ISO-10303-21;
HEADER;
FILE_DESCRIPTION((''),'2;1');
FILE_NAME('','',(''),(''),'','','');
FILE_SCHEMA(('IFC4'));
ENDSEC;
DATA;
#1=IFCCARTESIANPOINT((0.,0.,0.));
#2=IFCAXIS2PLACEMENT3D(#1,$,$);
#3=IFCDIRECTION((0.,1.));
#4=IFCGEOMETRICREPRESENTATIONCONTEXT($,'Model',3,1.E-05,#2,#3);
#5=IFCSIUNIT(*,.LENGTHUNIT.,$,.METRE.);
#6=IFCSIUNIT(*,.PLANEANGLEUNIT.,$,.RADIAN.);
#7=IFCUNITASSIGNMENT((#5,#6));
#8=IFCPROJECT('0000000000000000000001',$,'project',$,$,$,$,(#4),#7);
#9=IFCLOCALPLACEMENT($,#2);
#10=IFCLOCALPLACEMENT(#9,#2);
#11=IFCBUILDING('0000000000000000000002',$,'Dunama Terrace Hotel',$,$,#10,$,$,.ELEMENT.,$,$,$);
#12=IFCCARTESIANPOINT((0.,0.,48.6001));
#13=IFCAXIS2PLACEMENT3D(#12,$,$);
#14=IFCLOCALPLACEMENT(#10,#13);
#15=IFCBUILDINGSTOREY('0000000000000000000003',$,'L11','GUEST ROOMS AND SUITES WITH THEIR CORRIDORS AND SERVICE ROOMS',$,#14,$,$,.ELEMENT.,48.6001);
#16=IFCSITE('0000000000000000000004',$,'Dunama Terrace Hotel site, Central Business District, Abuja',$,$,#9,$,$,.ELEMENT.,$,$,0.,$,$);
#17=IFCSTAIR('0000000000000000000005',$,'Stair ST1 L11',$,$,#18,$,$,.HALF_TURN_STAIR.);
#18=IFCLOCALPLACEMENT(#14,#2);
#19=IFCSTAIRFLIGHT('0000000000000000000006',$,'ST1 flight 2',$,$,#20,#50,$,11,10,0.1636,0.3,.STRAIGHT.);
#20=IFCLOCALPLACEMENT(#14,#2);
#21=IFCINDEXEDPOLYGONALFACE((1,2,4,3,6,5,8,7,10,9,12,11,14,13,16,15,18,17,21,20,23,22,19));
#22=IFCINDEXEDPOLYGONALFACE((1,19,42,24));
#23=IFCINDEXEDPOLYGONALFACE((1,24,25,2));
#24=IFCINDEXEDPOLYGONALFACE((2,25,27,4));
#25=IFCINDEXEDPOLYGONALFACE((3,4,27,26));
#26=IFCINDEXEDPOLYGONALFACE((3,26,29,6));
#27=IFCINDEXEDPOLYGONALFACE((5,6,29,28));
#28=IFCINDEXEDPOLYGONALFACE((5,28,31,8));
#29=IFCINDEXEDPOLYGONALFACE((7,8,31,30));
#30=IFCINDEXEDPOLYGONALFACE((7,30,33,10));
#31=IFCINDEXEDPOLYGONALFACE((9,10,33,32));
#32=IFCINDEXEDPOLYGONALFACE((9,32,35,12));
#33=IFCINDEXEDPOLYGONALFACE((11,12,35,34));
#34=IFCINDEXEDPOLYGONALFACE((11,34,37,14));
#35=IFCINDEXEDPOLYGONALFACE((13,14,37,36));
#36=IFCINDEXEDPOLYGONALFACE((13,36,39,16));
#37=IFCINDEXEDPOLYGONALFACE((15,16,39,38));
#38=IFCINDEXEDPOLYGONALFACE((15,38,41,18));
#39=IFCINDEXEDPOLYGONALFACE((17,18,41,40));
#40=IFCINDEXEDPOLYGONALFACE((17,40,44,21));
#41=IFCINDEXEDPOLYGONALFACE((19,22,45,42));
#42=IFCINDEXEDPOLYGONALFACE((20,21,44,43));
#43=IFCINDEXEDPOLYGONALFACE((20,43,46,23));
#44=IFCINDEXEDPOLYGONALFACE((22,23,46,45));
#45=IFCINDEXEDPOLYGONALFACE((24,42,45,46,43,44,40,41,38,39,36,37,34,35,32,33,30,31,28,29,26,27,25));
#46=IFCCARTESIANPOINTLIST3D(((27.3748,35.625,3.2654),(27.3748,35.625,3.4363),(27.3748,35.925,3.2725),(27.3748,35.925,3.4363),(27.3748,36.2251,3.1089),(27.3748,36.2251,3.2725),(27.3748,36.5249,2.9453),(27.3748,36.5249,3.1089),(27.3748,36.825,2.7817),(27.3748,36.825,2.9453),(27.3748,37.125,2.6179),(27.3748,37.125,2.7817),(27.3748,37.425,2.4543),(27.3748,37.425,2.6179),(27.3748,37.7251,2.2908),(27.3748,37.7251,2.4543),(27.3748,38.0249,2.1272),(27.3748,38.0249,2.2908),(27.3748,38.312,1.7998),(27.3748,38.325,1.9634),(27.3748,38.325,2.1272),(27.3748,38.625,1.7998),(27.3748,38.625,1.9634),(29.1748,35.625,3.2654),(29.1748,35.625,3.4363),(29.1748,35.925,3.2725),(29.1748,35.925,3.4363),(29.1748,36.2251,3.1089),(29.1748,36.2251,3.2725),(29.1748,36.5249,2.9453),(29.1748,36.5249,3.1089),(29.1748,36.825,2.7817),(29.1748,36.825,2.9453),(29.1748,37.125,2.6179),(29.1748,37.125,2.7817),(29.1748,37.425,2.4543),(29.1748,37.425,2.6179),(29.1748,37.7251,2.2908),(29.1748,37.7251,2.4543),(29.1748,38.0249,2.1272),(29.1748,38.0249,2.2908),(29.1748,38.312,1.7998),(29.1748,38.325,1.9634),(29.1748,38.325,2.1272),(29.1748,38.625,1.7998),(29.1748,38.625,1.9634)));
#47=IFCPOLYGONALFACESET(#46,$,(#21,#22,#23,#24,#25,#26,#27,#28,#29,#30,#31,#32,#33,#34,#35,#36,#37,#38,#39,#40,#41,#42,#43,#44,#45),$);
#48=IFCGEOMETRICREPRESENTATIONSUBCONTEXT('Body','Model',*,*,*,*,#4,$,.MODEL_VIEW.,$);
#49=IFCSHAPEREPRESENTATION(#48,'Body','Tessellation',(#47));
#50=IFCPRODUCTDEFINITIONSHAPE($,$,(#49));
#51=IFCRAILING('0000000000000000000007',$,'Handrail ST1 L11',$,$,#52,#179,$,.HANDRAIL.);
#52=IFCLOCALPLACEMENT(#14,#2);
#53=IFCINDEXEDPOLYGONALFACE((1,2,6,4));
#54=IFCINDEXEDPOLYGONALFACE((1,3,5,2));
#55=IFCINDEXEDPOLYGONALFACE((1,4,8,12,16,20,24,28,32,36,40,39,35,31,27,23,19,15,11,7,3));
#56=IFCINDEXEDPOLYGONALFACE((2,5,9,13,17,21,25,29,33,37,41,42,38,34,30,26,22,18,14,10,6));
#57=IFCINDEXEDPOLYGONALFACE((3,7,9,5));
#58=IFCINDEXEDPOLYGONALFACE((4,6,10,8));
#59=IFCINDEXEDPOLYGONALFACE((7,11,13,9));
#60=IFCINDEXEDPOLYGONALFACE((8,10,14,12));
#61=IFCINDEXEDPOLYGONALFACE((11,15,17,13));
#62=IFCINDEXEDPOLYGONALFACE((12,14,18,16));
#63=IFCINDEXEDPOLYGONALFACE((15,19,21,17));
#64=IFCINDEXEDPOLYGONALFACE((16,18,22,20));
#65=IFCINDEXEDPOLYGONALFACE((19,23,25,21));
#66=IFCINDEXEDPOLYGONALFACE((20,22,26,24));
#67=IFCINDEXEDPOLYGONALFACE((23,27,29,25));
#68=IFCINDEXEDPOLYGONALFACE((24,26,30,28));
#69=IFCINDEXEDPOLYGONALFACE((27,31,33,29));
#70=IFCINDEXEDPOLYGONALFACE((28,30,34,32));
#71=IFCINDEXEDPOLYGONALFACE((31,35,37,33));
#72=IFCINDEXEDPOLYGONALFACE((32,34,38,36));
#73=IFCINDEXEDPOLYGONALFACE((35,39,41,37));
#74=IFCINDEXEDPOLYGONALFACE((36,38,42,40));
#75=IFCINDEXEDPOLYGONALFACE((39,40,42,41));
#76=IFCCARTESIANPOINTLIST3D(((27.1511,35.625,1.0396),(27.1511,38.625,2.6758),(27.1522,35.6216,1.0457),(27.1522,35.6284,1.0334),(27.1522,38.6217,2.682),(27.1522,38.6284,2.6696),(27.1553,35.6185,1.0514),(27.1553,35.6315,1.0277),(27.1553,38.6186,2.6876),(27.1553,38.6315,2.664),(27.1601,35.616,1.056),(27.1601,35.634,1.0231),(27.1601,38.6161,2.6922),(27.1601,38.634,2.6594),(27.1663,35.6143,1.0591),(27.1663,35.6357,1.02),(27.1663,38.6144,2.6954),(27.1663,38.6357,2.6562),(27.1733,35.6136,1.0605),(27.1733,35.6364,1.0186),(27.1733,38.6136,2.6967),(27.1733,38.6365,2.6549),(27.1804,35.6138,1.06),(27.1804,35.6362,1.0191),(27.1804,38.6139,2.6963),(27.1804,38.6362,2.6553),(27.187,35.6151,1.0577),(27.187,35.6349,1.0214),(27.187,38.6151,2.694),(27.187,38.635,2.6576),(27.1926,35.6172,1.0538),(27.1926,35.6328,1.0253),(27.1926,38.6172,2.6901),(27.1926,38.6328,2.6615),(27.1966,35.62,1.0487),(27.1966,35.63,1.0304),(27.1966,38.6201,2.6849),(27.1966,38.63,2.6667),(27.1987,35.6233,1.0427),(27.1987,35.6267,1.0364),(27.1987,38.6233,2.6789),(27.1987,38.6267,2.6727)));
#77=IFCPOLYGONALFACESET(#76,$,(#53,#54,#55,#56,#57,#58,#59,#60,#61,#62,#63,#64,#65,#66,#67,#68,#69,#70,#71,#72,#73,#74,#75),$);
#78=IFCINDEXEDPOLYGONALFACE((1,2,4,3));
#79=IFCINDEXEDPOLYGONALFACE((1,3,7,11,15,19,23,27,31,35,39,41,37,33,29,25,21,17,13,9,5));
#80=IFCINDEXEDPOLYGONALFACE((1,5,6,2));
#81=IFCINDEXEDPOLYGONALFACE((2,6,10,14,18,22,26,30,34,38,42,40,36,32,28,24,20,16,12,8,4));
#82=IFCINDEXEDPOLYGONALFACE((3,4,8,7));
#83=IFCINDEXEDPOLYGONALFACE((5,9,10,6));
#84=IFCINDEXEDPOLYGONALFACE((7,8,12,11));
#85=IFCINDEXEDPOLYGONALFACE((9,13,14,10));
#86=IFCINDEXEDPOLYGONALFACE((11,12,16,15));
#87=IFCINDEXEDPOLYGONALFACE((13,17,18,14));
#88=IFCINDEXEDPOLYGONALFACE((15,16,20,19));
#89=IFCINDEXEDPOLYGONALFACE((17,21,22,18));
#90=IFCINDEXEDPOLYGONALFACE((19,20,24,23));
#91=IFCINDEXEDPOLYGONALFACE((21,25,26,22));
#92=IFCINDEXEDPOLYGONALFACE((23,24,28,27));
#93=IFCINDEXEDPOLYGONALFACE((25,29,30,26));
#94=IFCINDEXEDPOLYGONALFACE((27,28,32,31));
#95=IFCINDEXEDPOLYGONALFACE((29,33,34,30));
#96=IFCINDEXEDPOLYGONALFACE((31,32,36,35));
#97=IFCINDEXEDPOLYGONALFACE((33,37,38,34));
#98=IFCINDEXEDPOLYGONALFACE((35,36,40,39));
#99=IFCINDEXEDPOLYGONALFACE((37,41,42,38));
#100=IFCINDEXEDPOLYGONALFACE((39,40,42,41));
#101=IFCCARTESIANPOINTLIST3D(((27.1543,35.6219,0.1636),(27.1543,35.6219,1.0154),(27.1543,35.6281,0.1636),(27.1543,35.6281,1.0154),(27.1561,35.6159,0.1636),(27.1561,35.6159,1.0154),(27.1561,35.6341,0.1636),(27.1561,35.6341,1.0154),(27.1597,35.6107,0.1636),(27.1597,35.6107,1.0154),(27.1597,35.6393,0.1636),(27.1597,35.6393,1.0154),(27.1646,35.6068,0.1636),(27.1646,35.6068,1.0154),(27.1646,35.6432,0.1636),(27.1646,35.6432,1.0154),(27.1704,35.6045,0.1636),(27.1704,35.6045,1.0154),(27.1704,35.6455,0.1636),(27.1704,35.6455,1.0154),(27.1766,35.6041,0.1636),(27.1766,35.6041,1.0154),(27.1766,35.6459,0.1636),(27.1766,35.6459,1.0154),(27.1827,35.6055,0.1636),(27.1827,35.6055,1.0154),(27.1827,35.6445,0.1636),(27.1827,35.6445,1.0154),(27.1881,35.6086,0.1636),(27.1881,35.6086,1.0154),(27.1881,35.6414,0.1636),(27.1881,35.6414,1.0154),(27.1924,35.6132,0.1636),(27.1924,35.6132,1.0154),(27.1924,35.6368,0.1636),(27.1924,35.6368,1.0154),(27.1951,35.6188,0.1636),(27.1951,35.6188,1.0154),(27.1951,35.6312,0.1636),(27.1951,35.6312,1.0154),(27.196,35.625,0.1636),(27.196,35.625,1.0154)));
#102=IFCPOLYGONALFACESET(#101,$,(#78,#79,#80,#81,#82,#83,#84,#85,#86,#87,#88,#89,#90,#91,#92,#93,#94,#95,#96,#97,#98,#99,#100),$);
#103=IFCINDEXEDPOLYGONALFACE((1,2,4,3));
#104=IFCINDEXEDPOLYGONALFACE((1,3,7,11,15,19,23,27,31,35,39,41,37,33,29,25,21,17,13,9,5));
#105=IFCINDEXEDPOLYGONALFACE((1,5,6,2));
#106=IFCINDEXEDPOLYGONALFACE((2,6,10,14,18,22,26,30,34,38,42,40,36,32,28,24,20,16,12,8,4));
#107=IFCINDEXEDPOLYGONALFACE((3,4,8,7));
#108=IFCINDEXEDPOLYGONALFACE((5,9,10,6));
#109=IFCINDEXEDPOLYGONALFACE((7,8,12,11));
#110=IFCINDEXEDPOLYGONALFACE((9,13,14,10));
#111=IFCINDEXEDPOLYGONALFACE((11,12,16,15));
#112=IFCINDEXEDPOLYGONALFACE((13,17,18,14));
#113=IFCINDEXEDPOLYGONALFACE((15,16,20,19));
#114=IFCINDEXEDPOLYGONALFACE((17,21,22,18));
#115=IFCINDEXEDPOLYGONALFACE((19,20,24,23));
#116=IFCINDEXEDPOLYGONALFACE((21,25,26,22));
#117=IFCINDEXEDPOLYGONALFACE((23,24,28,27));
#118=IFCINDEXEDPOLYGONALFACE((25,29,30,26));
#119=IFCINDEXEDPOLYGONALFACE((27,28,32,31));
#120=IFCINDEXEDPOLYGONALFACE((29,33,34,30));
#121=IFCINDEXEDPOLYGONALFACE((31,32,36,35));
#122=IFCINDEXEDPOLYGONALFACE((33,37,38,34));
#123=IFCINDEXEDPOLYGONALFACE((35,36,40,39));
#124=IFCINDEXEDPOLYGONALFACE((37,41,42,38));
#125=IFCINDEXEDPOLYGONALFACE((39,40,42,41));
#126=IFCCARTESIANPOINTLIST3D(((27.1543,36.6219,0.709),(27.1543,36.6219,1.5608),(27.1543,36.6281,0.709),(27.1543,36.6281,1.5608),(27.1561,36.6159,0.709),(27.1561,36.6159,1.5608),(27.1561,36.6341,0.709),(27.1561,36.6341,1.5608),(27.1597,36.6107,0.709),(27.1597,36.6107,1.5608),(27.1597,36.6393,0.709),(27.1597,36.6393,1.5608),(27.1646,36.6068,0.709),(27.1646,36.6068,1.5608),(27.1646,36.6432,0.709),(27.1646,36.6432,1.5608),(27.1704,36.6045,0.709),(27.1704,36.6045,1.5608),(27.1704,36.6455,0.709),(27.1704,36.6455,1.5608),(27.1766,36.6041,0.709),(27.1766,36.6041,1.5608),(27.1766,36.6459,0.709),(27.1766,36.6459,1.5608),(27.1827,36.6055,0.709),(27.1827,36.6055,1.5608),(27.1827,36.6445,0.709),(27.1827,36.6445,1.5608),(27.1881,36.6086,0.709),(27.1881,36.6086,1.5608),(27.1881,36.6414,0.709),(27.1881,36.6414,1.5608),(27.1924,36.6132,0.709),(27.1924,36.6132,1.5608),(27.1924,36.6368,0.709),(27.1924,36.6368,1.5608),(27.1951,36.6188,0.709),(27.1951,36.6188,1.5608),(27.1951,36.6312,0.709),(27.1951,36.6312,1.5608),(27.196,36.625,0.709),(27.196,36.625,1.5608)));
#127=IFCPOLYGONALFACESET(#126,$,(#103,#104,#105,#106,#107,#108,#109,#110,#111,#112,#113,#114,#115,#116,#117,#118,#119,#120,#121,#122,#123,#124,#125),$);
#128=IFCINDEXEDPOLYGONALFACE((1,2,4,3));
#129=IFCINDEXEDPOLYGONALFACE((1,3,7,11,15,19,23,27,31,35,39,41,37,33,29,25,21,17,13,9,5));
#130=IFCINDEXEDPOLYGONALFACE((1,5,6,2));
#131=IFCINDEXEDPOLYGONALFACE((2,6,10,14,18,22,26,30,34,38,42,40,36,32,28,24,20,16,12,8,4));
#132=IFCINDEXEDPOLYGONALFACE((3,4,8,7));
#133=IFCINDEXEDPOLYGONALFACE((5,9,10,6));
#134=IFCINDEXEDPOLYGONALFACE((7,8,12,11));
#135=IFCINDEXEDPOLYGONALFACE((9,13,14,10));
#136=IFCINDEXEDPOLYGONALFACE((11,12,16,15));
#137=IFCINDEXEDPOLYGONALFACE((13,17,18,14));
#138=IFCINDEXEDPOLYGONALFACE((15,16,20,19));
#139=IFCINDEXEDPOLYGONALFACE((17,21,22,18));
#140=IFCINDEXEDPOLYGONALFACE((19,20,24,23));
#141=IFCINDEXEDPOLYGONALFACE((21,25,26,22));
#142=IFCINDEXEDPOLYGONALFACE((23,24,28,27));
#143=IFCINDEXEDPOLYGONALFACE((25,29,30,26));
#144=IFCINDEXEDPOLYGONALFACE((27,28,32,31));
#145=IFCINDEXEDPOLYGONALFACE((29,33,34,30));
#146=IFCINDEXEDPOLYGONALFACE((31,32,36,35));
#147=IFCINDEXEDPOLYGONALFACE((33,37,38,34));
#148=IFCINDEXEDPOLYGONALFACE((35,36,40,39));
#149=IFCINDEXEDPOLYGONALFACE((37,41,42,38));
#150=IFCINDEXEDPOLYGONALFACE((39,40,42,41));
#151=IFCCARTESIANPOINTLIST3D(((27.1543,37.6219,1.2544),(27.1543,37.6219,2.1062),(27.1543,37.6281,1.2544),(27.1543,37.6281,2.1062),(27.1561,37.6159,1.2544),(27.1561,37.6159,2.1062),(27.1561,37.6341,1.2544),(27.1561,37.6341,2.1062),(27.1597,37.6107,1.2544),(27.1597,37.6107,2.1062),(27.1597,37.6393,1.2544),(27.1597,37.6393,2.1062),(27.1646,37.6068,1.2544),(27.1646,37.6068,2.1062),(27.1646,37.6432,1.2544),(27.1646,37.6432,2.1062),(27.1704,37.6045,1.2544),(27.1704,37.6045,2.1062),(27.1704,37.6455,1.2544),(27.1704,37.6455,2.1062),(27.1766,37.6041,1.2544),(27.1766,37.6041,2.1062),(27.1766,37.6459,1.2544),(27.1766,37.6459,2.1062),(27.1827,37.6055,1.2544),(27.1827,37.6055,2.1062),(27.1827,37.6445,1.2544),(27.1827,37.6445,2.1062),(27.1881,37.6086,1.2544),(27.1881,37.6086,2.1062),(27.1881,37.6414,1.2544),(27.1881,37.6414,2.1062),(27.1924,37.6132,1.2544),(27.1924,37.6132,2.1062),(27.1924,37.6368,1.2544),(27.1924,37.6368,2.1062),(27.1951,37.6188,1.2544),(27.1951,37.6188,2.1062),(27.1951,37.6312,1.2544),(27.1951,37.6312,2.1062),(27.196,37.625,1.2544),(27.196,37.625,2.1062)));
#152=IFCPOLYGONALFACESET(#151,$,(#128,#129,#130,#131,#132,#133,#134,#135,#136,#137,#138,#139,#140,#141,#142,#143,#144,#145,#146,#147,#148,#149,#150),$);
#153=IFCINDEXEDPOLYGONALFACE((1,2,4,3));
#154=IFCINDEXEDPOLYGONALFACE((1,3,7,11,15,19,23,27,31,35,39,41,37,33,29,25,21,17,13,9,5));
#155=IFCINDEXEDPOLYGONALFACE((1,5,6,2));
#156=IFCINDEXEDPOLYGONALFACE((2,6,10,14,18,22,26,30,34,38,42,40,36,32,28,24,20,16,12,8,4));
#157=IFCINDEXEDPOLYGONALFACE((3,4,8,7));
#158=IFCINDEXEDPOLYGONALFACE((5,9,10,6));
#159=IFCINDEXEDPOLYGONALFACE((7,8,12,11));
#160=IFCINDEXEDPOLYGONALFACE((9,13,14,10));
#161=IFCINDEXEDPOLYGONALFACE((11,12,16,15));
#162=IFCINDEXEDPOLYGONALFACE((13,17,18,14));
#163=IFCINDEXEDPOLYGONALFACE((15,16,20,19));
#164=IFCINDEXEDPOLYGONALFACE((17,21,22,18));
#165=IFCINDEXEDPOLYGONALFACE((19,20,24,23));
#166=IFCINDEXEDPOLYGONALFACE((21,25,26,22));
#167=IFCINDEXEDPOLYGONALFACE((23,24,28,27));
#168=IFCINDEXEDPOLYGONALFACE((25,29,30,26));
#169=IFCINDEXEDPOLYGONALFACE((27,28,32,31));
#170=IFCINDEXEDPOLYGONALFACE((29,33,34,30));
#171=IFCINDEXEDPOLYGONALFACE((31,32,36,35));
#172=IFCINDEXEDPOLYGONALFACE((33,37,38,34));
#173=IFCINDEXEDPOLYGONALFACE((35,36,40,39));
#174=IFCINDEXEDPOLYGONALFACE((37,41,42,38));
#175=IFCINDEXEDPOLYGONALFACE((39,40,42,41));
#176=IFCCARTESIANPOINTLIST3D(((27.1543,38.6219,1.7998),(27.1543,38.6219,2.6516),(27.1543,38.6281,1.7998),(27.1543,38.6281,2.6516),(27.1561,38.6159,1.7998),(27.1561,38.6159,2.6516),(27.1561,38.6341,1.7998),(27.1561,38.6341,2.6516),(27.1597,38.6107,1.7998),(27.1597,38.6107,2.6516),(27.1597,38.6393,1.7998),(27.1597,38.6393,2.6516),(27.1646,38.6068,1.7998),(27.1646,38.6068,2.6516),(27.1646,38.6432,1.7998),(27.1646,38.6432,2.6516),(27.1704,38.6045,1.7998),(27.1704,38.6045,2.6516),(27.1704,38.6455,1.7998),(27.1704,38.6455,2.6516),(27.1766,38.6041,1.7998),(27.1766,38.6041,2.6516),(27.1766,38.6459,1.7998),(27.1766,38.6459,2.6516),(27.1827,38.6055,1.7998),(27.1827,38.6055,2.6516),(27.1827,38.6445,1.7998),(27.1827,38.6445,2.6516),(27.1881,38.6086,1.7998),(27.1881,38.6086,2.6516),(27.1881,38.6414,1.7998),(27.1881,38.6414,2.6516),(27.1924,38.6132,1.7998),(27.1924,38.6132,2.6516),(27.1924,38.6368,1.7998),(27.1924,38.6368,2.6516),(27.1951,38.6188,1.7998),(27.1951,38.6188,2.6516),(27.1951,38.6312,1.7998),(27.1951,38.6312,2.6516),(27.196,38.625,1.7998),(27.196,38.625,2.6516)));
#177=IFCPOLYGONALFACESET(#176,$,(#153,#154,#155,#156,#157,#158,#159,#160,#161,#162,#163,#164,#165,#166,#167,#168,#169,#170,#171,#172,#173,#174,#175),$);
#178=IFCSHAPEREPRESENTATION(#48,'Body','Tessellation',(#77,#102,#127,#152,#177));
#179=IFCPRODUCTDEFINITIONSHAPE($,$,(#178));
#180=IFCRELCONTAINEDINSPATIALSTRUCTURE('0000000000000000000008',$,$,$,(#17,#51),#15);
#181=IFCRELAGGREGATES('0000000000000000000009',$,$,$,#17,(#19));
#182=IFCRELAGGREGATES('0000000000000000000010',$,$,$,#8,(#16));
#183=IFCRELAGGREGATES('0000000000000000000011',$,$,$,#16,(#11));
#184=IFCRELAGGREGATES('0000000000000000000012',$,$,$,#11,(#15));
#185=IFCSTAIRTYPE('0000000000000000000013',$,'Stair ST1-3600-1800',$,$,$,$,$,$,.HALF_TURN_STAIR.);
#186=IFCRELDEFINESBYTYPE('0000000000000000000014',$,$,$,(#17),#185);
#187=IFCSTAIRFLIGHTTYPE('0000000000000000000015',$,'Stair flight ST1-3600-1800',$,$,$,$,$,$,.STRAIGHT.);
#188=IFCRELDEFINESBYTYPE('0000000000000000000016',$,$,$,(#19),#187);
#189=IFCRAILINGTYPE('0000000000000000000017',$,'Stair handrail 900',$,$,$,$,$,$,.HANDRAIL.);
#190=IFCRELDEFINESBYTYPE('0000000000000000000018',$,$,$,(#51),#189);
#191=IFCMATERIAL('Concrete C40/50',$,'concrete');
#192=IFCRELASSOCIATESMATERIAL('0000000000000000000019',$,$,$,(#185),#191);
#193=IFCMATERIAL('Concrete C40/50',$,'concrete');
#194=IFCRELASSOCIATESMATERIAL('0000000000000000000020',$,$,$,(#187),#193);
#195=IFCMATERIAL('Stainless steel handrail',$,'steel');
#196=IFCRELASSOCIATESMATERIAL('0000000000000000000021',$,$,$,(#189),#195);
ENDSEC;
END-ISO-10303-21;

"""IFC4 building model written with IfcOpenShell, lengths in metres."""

from ifc_helpers import new_model, si_unit, direction, frame, origin, origin_2d, place, context, subcontext, project, spatial, polyline, circle, outline, extrude, material, type_object, element, aggregate, save


model = new_model("IFC4")

# Units and contexts
model_context = context("Model", 3, precision=1e-05, world=origin(), true_north=direction((0.0, 1.0)))
body_context = subcontext(model_context, "Body", "Model", "MODEL_VIEW")
ifc_project = project(units=[si_unit("LENGTHUNIT", "METRE"), si_unit("PLANEANGLEUNIT", "RADIAN")], contexts=[model_context])

# Site, building, storey
site_placement = place(None, origin())
site = spatial("IfcSite", under=ifc_project, at=site_placement, Name="Dunama Terrace Hotel site, Central Business District, Abuja", CompositionType="ELEMENT", RefElevation=0.0)
building_placement = place(site_placement, origin())
building = spatial("IfcBuilding", under=site, at=building_placement, Name="Dunama Terrace Hotel", CompositionType="ELEMENT")
storey_placement = place(building_placement, frame((0.0, 0.0, 48.6001)))
storey = spatial("IfcBuildingStorey", under=building, at=storey_placement, Name="L11", Description="GUEST ROOMS AND SUITES WITH THEIR CORRIDORS AND SERVICE ROOMS", CompositionType="ELEMENT", Elevation=48.6001)

# Stair, stair flight
ifc_material_1 = material(Name="Concrete C40/50", Category="concrete")
stair_type = type_object("IfcStairType", Name="Stair ST1-3600-1800", PredefinedType="HALF_TURN_STAIR", material=ifc_material_1)
stair_placement = place(storey_placement, origin())
stair = element("IfcStair", 1, at=stair_placement, inside=storey, type_object=stair_type, Name="Stair ST1 L11", PredefinedType="HALF_TURN_STAIR")
ifc_material_2 = material(Name="Concrete C40/50", Category="concrete")
stair_flight_type = type_object("IfcStairFlightType", Name="Stair flight ST1-3600-1800", PredefinedType="STRAIGHT", material=ifc_material_2)
stair_flight_1_placement = place(storey_placement, frame((28.2749, 38.625, 1.7998), z_axis=(0.0, 0.0, 1.0), x_axis=(0.0, -1.0, 0.0)))
stair_flight_1 = element("IfcStairFlight", 2, at=stair_flight_1_placement, type_object=stair_flight_type, Name="ST1 flight 2", NumberOfRisers=11, NumberOfTreads=10, PredefinedType="STRAIGHT", RiserHeight=0.1636, TreadLength=0.3, context=body_context, shape_type="SweptSolid", body=[
    extrude(outline(polyline([(0.0, 0.0), (0.0, 0.1636), (0.3, 0.1636), (0.3, 0.3274), (0.6001, 0.3274), (0.6001, 0.491), (0.8999, 0.491), (0.8999, 0.6545), (1.2, 0.6545), (1.2, 0.8181), (1.5, 0.8181), (1.5, 0.9819), (1.8, 0.9819), (1.8, 1.1455), (2.1001, 1.1455), (2.1001, 1.3091), (2.3999, 1.3091), (2.3999, 1.4727), (2.7, 1.4727), (2.7, 1.6365), (3.0, 1.6365), (3.0, 1.8), (3.0, 1.4656), (0.313, 0.0), (0.0, 0.0)])), frame((0.0, 0.8999, 0.0), z_axis=(0.0, -1.0, 0.0), x_axis=(1.0, 0.0, 0.0)), (0.0, 0.0, 1.0), 1.8),
])
aggregate(stair, [stair_flight_1])

# Railing
ifc_material_3 = material(Name="Stainless steel handrail", Category="steel")
railing_type = type_object("IfcRailingType", Name="Stair handrail 900", PredefinedType="HANDRAIL", material=ifc_material_3)
railing_1_placement = place(storey_placement, frame((27.175, 35.625, 0.1636)))
element("IfcRailing", 3, at=railing_1_placement, inside=storey, type_object=railing_type, Name="Handrail ST1 L11", PredefinedType="HANDRAIL", context=body_context, shape_type="SweptSolid", body=[
    extrude(circle(Radius=0.0239, at=origin_2d()), frame((0.0, 0.0, 0.876), z_axis=(0.0, 0.877912, 0.478822), x_axis=(-1.0, 0.0, 0.0)), (0.0, 0.0, 1.0), 3.4172),
    extrude(circle(Radius=0.021, at=origin_2d()), origin(), (0.0, 0.0, 1.0), 0.8518),
    extrude(circle(Radius=0.021, at=origin_2d()), frame((0.0, 1.0, 0.5454)), (0.0, 0.0, 1.0), 0.8518),
    extrude(circle(Radius=0.021, at=origin_2d()), frame((0.0, 2.0, 1.0908)), (0.0, 0.0, 1.0), 0.8518),
    extrude(circle(Radius=0.021, at=origin_2d()), frame((0.0, 3.0, 1.6362)), (0.0, 0.0, 1.0), 0.8518),
])

save(model, "model.ifc")
